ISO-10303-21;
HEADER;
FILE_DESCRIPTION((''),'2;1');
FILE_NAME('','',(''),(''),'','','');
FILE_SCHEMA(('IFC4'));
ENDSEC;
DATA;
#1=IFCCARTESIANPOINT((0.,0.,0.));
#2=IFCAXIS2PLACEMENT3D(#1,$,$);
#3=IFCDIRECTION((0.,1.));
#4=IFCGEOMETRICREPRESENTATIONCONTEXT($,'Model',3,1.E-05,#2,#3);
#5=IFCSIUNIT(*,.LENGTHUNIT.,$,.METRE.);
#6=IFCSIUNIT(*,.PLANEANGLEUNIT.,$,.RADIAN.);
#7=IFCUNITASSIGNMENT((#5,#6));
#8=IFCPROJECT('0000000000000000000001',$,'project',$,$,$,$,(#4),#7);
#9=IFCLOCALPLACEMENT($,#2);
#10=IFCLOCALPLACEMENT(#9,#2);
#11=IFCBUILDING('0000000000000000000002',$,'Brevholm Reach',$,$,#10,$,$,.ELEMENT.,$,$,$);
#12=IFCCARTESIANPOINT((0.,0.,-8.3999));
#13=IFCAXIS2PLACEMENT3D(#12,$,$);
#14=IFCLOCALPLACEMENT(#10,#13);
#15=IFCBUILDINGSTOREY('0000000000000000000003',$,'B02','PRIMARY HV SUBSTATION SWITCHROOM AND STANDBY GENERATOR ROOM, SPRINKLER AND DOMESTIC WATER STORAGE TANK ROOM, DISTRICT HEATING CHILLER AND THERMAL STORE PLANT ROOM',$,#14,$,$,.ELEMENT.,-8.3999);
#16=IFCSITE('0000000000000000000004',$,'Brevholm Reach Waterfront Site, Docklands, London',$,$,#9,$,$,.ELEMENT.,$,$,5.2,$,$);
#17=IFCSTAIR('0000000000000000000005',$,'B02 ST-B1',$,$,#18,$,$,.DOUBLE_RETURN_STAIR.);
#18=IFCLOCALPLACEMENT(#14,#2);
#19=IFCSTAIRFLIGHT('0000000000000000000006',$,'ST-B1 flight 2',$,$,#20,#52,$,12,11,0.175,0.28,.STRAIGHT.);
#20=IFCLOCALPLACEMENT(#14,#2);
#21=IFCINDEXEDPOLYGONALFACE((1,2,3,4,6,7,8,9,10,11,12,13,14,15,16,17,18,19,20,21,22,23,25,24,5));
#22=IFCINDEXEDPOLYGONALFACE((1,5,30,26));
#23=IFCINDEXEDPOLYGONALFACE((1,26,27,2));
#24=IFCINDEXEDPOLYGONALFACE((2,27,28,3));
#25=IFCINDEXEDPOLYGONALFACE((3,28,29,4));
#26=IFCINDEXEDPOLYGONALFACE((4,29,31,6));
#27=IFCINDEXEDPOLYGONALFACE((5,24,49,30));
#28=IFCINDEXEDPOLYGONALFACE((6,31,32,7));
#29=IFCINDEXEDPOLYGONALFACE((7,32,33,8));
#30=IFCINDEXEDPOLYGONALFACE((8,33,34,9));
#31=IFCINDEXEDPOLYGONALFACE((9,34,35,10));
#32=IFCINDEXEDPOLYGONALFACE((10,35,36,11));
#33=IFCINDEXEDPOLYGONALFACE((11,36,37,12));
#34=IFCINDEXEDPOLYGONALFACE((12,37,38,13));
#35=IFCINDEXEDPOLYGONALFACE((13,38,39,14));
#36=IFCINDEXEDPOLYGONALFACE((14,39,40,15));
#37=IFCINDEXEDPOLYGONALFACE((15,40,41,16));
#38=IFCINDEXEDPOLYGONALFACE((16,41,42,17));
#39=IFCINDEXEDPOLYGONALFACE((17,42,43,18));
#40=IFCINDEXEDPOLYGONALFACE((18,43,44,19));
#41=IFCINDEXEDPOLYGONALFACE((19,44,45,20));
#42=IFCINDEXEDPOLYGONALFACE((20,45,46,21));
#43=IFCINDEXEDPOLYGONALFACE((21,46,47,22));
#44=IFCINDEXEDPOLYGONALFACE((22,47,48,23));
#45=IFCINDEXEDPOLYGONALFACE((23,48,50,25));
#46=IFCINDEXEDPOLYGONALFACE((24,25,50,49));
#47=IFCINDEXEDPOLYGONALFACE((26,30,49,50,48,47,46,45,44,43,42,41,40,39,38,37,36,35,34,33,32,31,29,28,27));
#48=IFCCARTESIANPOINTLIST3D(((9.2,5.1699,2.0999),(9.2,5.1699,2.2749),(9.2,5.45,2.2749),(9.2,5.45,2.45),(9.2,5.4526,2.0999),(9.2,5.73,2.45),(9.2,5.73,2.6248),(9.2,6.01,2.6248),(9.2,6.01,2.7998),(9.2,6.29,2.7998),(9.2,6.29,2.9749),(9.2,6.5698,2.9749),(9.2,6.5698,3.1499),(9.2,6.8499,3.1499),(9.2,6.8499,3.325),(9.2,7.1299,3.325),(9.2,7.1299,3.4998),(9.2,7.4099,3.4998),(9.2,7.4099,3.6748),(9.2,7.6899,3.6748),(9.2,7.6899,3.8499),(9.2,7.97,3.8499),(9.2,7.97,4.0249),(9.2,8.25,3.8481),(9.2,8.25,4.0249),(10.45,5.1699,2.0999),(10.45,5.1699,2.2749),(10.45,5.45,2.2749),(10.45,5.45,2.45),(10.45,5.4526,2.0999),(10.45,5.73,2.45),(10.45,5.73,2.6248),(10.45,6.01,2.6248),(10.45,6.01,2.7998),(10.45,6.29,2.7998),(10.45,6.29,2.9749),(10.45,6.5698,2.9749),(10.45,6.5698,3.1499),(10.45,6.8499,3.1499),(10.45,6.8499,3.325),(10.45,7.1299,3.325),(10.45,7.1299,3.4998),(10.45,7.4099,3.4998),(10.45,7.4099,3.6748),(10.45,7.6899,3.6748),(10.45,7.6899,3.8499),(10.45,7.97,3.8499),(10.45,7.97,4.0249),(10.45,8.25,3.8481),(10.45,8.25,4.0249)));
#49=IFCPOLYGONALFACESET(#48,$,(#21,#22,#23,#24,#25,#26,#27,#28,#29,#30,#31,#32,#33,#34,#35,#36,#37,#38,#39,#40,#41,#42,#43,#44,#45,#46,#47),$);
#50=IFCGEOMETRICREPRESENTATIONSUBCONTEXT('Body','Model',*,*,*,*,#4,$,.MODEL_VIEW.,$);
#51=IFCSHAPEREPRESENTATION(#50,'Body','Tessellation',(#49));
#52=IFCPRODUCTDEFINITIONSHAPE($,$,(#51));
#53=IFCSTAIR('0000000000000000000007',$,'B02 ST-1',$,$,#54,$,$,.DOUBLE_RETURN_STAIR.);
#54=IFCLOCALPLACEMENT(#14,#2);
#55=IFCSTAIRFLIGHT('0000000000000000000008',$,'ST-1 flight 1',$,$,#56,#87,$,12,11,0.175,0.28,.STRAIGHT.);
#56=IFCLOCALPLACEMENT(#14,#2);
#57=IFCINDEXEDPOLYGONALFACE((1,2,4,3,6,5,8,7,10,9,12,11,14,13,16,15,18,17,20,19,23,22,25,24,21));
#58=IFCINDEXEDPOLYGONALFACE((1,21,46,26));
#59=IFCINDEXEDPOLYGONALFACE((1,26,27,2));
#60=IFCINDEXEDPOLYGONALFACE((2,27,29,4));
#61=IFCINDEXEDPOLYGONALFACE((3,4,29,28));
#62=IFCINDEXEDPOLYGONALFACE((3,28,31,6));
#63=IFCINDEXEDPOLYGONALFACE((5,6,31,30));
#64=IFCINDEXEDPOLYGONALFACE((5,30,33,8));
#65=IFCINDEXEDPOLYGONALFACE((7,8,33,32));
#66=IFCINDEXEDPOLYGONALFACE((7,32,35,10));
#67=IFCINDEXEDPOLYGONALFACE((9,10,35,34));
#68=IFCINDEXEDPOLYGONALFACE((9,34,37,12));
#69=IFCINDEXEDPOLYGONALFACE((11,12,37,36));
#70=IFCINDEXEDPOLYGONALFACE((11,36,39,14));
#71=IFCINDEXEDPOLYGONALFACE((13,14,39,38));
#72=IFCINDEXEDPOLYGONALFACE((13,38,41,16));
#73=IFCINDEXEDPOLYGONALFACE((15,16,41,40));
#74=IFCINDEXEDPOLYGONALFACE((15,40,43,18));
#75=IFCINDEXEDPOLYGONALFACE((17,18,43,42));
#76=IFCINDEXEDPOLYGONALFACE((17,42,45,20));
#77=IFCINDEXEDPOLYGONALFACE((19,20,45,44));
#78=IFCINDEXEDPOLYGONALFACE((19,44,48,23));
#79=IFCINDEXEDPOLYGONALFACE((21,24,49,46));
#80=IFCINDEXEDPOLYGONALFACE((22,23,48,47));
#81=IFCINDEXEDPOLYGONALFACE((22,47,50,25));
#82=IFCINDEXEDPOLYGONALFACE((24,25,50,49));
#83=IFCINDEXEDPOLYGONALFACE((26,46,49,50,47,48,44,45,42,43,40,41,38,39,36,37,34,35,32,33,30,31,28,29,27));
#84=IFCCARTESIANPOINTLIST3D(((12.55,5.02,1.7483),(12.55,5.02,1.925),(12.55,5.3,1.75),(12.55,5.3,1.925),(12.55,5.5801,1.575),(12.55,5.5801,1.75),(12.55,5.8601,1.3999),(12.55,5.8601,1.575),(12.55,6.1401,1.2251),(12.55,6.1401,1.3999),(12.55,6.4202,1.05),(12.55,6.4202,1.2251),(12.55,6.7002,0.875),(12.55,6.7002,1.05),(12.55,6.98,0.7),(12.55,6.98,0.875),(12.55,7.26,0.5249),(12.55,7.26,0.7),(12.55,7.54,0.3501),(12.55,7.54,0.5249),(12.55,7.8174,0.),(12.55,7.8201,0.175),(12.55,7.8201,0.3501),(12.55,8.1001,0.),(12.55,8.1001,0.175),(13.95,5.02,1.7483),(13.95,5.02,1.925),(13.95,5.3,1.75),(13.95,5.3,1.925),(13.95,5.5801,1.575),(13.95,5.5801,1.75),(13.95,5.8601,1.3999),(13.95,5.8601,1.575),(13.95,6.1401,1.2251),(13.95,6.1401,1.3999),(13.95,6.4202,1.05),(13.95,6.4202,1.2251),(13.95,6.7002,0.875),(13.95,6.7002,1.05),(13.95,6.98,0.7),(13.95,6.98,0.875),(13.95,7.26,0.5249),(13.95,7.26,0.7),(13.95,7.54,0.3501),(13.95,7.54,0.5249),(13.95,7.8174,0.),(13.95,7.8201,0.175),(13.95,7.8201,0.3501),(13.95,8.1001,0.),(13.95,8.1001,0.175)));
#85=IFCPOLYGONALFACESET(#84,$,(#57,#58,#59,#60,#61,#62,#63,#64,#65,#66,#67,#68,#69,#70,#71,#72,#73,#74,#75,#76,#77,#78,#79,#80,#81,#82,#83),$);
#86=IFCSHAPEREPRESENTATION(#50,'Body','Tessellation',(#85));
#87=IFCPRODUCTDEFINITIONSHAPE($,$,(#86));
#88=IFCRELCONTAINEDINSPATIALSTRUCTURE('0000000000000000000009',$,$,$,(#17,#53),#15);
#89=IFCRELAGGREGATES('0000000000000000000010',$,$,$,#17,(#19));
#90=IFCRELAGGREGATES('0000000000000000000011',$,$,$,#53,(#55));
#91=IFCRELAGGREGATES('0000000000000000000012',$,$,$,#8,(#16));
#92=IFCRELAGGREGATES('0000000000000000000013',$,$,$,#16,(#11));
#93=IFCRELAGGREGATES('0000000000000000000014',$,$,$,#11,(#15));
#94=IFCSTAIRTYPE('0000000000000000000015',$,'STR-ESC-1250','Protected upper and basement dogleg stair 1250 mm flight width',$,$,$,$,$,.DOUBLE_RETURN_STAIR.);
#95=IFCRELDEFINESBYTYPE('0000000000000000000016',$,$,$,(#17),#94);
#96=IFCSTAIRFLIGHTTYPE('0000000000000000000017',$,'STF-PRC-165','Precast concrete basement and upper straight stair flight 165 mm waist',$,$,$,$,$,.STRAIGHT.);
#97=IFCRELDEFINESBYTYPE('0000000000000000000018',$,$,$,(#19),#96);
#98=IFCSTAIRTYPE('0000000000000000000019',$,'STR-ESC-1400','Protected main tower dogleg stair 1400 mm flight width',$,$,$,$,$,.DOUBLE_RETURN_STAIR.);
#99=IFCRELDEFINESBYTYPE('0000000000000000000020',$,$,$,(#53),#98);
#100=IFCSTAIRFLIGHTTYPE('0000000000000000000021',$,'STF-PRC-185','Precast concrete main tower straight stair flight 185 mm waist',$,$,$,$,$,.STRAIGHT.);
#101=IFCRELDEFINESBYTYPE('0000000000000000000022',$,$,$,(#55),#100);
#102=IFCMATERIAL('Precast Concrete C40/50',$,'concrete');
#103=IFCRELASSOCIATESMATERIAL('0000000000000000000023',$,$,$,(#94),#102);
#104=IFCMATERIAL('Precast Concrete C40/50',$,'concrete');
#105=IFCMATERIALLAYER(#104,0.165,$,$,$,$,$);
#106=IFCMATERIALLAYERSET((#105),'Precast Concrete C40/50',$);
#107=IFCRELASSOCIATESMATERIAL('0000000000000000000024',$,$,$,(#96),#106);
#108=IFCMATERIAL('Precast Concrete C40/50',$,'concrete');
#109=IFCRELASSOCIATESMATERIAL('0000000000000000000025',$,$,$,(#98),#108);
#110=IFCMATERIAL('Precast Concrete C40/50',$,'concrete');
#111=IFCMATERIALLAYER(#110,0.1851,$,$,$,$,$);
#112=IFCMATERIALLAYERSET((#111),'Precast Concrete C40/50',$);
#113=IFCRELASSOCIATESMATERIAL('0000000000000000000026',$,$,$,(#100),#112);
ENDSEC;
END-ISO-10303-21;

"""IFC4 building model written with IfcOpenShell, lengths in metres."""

from ifc_helpers import new_model, si_unit, direction, frame, origin, place, context, subcontext, project, spatial, polyline, outline, extrude, material, layer, layer_set, type_object, element, aggregate, save


model = new_model("IFC4")

# Units and contexts
model_context = context("Model", 3, precision=1e-05, world=origin(), true_north=direction((0.0, 1.0)))
body_context = subcontext(model_context, "Body", "Model", "MODEL_VIEW")
ifc_project = project(units=[si_unit("LENGTHUNIT", "METRE"), si_unit("PLANEANGLEUNIT", "RADIAN")], contexts=[model_context])

# Site, building, storey
site_placement = place(None, origin())
site = spatial("IfcSite", under=ifc_project, at=site_placement, Name="Brevholm Reach Waterfront Site, Docklands, London", CompositionType="ELEMENT", RefElevation=5.2)
building_placement = place(site_placement, origin())
building = spatial("IfcBuilding", under=site, at=building_placement, Name="Brevholm Reach", CompositionType="ELEMENT")
storey_placement = place(building_placement, frame((0.0, 0.0, -8.3999)))
storey = spatial("IfcBuildingStorey", under=building, at=storey_placement, Name="B02", Description="PRIMARY HV SUBSTATION SWITCHROOM AND STANDBY GENERATOR ROOM, SPRINKLER AND DOMESTIC WATER STORAGE TANK ROOM, DISTRICT HEATING CHILLER AND THERMAL STORE PLANT ROOM", CompositionType="ELEMENT", Elevation=-8.3999)

# Stair, stair flight
ifc_material_1 = material(Name="Precast Concrete C40/50", Category="concrete")
stair_type_1 = type_object("IfcStairType", Name="STR-ESC-1250", Description="Protected upper and basement dogleg stair 1250 mm flight width", PredefinedType="DOUBLE_RETURN_STAIR", material=ifc_material_1)
stair_1_placement = place(storey_placement, origin())
stair_1 = element("IfcStair", 1, at=stair_1_placement, inside=storey, type_object=stair_type_1, Name="B02 ST-B1", PredefinedType="DOUBLE_RETURN_STAIR")
ifc_material_2 = material(Name="Precast Concrete C40/50", Category="concrete")
ifc_layer_1 = layer(ifc_material_2, 0.165)
ifc_layer_set_1 = layer_set([ifc_layer_1], Name="Precast Concrete C40/50")
stair_flight_type_1 = type_object("IfcStairFlightType", Name="STF-PRC-165", Description="Precast concrete basement and upper straight stair flight 165 mm waist", PredefinedType="STRAIGHT", material=ifc_layer_set_1)
stair_flight_1_placement = place(storey_placement, frame((9.825, 5.1699, 2.0999), z_axis=(0.0, 0.0, 1.0), x_axis=(0.0, 1.0, 0.0)))
stair_flight_1 = element("IfcStairFlight", 2, at=stair_flight_1_placement, type_object=stair_flight_type_1, Name="ST-B1 flight 2", NumberOfRisers=12, NumberOfTreads=11, PredefinedType="STRAIGHT", RiserHeight=0.175, TreadLength=0.28, context=body_context, shape_type="SweptSolid", body=[
    extrude(outline(polyline([(0.0, 0.0), (0.0, 0.175), (0.28, 0.175), (0.28, 0.3501), (0.5601, 0.3501), (0.5601, 0.5249), (0.8401, 0.5249), (0.8401, 0.7), (1.1201, 0.7), (1.1201, 0.875), (1.3999, 0.875), (1.3999, 1.05), (1.6799, 1.05), (1.6799, 1.2251), (1.96, 1.2251), (1.96, 1.3999), (2.24, 1.3999), (2.24, 1.575), (2.52, 1.575), (2.52, 1.75), (2.8, 1.75), (2.8, 1.925), (3.0801, 1.925), (3.0801, 2.1001), (3.0801, 1.7483), (0.2827, 0.0), (0.0, 0.0)])), frame((0.0, 0.625, 0.0), z_axis=(0.0, -1.0, 0.0), x_axis=(1.0, 0.0, 0.0)), (0.0, 0.0, 1.0), 1.25),
])
aggregate(stair_1, [stair_flight_1])

# Stair, stair flight
ifc_material_3 = material(Name="Precast Concrete C40/50", Category="concrete")
stair_type_2 = type_object("IfcStairType", Name="STR-ESC-1400", Description="Protected main tower dogleg stair 1400 mm flight width", PredefinedType="DOUBLE_RETURN_STAIR", material=ifc_material_3)
stair_2_placement = place(storey_placement, origin())
stair_2 = element("IfcStair", 3, at=stair_2_placement, inside=storey, type_object=stair_type_2, Name="B02 ST-1", PredefinedType="DOUBLE_RETURN_STAIR")
ifc_material_4 = material(Name="Precast Concrete C40/50", Category="concrete")
ifc_layer_2 = layer(ifc_material_4, 0.1851)
ifc_layer_set_2 = layer_set([ifc_layer_2], Name="Precast Concrete C40/50")
stair_flight_type_2 = type_object("IfcStairFlightType", Name="STF-PRC-185", Description="Precast concrete main tower straight stair flight 185 mm waist", PredefinedType="STRAIGHT", material=ifc_layer_set_2)
stair_flight_2_placement = place(storey_placement, frame((13.25, 8.1001, 0.0), z_axis=(0.0, 0.0, 1.0), x_axis=(0.0, -1.0, 0.0)))
stair_flight_2 = element("IfcStairFlight", 4, at=stair_flight_2_placement, type_object=stair_flight_type_2, Name="ST-1 flight 1", NumberOfRisers=12, NumberOfTreads=11, PredefinedType="STRAIGHT", RiserHeight=0.175, TreadLength=0.28, context=body_context, shape_type="SweptSolid", body=[
    extrude(outline(polyline([(0.0, 0.0), (0.0, 0.175), (0.28, 0.175), (0.28, 0.3501), (0.5601, 0.3501), (0.5601, 0.5249), (0.8401, 0.5249), (0.8401, 0.7), (1.1201, 0.7), (1.1201, 0.875), (1.3999, 0.875), (1.3999, 1.05), (1.6799, 1.05), (1.6799, 1.2251), (1.96, 1.2251), (1.96, 1.3999), (2.24, 1.3999), (2.24, 1.575), (2.52, 1.575), (2.52, 1.75), (2.8, 1.75), (2.8, 1.925), (3.0801, 1.925), (3.0801, 2.1001), (3.0801, 1.7483), (0.2827, 0.0), (0.0, 0.0)])), frame((0.0, 0.7, 0.0), z_axis=(0.0, -1.0, 0.0), x_axis=(1.0, 0.0, 0.0)), (0.0, 0.0, 1.0), 1.3999),
])
aggregate(stair_2, [stair_flight_2])

save(model, "model.ifc")
